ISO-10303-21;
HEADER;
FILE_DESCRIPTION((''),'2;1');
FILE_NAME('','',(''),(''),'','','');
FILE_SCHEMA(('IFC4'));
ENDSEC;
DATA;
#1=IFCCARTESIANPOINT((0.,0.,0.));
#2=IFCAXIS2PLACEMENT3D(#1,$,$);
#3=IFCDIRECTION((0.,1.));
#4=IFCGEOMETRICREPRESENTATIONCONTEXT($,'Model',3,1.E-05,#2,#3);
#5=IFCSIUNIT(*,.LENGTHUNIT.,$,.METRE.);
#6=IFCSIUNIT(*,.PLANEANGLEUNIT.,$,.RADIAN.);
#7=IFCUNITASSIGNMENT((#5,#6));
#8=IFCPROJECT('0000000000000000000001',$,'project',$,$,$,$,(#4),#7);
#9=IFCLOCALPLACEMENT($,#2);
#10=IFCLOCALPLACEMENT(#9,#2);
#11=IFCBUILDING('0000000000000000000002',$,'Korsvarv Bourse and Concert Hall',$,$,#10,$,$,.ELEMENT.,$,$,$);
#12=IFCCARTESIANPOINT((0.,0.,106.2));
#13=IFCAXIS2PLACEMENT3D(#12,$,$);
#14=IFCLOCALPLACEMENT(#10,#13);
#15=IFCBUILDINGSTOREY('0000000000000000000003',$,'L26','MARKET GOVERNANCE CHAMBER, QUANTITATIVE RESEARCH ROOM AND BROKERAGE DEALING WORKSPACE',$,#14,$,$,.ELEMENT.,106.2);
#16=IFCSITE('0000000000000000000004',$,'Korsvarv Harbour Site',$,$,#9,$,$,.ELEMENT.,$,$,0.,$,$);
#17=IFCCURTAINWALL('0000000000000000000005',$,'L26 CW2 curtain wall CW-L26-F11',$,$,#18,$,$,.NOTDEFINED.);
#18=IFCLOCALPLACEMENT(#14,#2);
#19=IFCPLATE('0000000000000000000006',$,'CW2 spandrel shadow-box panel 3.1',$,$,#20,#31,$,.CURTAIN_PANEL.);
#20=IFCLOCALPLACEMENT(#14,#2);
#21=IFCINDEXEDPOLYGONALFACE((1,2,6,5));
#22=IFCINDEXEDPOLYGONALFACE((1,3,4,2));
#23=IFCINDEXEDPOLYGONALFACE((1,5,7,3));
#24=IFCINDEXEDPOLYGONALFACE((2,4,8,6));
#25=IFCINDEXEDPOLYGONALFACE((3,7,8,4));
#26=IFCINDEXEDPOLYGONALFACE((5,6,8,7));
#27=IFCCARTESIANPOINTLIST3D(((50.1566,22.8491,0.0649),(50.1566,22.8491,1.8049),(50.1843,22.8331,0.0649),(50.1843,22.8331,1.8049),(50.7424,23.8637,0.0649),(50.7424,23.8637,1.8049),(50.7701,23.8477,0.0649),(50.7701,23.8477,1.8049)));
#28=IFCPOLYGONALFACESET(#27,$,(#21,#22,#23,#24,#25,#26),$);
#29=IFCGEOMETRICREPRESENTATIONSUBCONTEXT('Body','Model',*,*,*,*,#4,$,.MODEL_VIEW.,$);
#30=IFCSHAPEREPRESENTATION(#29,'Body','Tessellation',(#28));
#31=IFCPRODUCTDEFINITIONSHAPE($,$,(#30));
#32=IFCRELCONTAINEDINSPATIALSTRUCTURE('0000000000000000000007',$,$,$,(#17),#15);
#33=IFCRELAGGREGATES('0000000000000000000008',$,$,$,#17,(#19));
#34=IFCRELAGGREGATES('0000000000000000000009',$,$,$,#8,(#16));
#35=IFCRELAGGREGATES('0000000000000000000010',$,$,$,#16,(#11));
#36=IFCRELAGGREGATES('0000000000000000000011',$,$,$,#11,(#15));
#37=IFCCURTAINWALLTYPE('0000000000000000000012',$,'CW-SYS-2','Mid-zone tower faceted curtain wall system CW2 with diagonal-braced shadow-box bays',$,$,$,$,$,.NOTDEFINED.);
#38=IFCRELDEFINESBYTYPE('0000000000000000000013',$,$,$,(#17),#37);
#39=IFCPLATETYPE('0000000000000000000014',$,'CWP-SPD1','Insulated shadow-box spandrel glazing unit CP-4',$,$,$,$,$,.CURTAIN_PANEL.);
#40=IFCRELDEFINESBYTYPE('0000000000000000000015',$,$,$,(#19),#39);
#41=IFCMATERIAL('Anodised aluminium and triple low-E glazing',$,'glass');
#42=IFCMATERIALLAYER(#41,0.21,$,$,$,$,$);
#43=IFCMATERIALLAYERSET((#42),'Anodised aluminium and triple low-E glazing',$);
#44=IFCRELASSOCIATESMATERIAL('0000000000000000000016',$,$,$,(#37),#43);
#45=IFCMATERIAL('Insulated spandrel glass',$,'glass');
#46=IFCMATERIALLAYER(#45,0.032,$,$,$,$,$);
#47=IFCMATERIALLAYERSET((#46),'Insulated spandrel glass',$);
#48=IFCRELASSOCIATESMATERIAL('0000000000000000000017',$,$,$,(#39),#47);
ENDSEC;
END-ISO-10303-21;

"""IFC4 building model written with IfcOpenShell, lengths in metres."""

from ifc_helpers import new_model, si_unit, direction, frame, origin, origin_2d, place, context, subcontext, project, spatial, rectangle, extrude, source, transform, mapped, material, layer, layer_set, type_object, element, aggregate, save


model = new_model("IFC4")

# Units and contexts
model_context = context("Model", 3, precision=1e-05, world=origin(), true_north=direction((0.0, 1.0)))
body_context = subcontext(model_context, "Body", "Model", "MODEL_VIEW")
ifc_project = project(units=[si_unit("LENGTHUNIT", "METRE"), si_unit("PLANEANGLEUNIT", "RADIAN")], contexts=[model_context])

# Site, building, storey
site_placement = place(None, origin())
site = spatial("IfcSite", under=ifc_project, at=site_placement, Name="Korsvarv Harbour Site", CompositionType="ELEMENT", RefElevation=0.0)
building_placement = place(site_placement, origin())
building = spatial("IfcBuilding", under=site, at=building_placement, Name="Korsvarv Bourse and Concert Hall", CompositionType="ELEMENT")
storey_placement = place(building_placement, frame((0.0, 0.0, 106.2)))
storey = spatial("IfcBuildingStorey", under=building, at=storey_placement, Name="L26", Description="MARKET GOVERNANCE CHAMBER, QUANTITATIVE RESEARCH ROOM AND BROKERAGE DEALING WORKSPACE", CompositionType="ELEMENT", Elevation=106.2)

# Curtain wall, plate
ifc_material_1 = material(Name="Anodised aluminium and triple low-E glazing", Category="glass")
ifc_layer_1 = layer(ifc_material_1, 0.21)
ifc_layer_set_1 = layer_set([ifc_layer_1], Name="Anodised aluminium and triple low-E glazing")
curtain_wall_type = type_object("IfcCurtainWallType", Name="CW-SYS-2", Description="Mid-zone tower faceted curtain wall system CW2 with diagonal-braced shadow-box bays", PredefinedType="NOTDEFINED", material=ifc_layer_set_1)
curtain_wall_placement = place(storey_placement, origin())
curtain_wall = element("IfcCurtainWall", 1, at=curtain_wall_placement, inside=storey, type_object=curtain_wall_type, Name="L26 CW2 curtain wall CW-L26-F11", PredefinedType="NOTDEFINED")
ifc_material_2 = material(Name="Insulated spandrel glass", Category="glass")
ifc_layer_2 = layer(ifc_material_2, 0.032)
ifc_layer_set_2 = layer_set([ifc_layer_2], Name="Insulated spandrel glass")
plate_type_1 = type_object("IfcPlateType", Name="CWP-SPD1", Description="Insulated shadow-box spandrel glazing unit CP-4", PredefinedType="CURTAIN_PANEL", material=ifc_layer_set_2)
shared_shape_1 = source(origin(), body_context, "Body", "SweptSolid", [
    extrude(rectangle(XDim=1.1716, YDim=0.032, at=origin_2d()), origin(), (0.0, 0.0, 1.0), 1.74),
])
plate_1_placement = place(storey_placement, frame((50.4634, 23.3484, 0.0649), z_axis=(0.0, 0.0, 1.0), x_axis=(0.500002, 0.866024, 0.0)))
plate_1 = element("IfcPlate", 2, at=plate_1_placement, type_object=plate_type_1, Name="CW2 spandrel shadow-box panel 3.1", PredefinedType="CURTAIN_PANEL", context=body_context, shape_type="MappedRepresentation", body=[
    mapped(shared_shape_1, transform((0.0, 0.0, 0.0), scale=1.0)),
])
aggregate(curtain_wall, [plate_1])

save(model, "model.ifc")
